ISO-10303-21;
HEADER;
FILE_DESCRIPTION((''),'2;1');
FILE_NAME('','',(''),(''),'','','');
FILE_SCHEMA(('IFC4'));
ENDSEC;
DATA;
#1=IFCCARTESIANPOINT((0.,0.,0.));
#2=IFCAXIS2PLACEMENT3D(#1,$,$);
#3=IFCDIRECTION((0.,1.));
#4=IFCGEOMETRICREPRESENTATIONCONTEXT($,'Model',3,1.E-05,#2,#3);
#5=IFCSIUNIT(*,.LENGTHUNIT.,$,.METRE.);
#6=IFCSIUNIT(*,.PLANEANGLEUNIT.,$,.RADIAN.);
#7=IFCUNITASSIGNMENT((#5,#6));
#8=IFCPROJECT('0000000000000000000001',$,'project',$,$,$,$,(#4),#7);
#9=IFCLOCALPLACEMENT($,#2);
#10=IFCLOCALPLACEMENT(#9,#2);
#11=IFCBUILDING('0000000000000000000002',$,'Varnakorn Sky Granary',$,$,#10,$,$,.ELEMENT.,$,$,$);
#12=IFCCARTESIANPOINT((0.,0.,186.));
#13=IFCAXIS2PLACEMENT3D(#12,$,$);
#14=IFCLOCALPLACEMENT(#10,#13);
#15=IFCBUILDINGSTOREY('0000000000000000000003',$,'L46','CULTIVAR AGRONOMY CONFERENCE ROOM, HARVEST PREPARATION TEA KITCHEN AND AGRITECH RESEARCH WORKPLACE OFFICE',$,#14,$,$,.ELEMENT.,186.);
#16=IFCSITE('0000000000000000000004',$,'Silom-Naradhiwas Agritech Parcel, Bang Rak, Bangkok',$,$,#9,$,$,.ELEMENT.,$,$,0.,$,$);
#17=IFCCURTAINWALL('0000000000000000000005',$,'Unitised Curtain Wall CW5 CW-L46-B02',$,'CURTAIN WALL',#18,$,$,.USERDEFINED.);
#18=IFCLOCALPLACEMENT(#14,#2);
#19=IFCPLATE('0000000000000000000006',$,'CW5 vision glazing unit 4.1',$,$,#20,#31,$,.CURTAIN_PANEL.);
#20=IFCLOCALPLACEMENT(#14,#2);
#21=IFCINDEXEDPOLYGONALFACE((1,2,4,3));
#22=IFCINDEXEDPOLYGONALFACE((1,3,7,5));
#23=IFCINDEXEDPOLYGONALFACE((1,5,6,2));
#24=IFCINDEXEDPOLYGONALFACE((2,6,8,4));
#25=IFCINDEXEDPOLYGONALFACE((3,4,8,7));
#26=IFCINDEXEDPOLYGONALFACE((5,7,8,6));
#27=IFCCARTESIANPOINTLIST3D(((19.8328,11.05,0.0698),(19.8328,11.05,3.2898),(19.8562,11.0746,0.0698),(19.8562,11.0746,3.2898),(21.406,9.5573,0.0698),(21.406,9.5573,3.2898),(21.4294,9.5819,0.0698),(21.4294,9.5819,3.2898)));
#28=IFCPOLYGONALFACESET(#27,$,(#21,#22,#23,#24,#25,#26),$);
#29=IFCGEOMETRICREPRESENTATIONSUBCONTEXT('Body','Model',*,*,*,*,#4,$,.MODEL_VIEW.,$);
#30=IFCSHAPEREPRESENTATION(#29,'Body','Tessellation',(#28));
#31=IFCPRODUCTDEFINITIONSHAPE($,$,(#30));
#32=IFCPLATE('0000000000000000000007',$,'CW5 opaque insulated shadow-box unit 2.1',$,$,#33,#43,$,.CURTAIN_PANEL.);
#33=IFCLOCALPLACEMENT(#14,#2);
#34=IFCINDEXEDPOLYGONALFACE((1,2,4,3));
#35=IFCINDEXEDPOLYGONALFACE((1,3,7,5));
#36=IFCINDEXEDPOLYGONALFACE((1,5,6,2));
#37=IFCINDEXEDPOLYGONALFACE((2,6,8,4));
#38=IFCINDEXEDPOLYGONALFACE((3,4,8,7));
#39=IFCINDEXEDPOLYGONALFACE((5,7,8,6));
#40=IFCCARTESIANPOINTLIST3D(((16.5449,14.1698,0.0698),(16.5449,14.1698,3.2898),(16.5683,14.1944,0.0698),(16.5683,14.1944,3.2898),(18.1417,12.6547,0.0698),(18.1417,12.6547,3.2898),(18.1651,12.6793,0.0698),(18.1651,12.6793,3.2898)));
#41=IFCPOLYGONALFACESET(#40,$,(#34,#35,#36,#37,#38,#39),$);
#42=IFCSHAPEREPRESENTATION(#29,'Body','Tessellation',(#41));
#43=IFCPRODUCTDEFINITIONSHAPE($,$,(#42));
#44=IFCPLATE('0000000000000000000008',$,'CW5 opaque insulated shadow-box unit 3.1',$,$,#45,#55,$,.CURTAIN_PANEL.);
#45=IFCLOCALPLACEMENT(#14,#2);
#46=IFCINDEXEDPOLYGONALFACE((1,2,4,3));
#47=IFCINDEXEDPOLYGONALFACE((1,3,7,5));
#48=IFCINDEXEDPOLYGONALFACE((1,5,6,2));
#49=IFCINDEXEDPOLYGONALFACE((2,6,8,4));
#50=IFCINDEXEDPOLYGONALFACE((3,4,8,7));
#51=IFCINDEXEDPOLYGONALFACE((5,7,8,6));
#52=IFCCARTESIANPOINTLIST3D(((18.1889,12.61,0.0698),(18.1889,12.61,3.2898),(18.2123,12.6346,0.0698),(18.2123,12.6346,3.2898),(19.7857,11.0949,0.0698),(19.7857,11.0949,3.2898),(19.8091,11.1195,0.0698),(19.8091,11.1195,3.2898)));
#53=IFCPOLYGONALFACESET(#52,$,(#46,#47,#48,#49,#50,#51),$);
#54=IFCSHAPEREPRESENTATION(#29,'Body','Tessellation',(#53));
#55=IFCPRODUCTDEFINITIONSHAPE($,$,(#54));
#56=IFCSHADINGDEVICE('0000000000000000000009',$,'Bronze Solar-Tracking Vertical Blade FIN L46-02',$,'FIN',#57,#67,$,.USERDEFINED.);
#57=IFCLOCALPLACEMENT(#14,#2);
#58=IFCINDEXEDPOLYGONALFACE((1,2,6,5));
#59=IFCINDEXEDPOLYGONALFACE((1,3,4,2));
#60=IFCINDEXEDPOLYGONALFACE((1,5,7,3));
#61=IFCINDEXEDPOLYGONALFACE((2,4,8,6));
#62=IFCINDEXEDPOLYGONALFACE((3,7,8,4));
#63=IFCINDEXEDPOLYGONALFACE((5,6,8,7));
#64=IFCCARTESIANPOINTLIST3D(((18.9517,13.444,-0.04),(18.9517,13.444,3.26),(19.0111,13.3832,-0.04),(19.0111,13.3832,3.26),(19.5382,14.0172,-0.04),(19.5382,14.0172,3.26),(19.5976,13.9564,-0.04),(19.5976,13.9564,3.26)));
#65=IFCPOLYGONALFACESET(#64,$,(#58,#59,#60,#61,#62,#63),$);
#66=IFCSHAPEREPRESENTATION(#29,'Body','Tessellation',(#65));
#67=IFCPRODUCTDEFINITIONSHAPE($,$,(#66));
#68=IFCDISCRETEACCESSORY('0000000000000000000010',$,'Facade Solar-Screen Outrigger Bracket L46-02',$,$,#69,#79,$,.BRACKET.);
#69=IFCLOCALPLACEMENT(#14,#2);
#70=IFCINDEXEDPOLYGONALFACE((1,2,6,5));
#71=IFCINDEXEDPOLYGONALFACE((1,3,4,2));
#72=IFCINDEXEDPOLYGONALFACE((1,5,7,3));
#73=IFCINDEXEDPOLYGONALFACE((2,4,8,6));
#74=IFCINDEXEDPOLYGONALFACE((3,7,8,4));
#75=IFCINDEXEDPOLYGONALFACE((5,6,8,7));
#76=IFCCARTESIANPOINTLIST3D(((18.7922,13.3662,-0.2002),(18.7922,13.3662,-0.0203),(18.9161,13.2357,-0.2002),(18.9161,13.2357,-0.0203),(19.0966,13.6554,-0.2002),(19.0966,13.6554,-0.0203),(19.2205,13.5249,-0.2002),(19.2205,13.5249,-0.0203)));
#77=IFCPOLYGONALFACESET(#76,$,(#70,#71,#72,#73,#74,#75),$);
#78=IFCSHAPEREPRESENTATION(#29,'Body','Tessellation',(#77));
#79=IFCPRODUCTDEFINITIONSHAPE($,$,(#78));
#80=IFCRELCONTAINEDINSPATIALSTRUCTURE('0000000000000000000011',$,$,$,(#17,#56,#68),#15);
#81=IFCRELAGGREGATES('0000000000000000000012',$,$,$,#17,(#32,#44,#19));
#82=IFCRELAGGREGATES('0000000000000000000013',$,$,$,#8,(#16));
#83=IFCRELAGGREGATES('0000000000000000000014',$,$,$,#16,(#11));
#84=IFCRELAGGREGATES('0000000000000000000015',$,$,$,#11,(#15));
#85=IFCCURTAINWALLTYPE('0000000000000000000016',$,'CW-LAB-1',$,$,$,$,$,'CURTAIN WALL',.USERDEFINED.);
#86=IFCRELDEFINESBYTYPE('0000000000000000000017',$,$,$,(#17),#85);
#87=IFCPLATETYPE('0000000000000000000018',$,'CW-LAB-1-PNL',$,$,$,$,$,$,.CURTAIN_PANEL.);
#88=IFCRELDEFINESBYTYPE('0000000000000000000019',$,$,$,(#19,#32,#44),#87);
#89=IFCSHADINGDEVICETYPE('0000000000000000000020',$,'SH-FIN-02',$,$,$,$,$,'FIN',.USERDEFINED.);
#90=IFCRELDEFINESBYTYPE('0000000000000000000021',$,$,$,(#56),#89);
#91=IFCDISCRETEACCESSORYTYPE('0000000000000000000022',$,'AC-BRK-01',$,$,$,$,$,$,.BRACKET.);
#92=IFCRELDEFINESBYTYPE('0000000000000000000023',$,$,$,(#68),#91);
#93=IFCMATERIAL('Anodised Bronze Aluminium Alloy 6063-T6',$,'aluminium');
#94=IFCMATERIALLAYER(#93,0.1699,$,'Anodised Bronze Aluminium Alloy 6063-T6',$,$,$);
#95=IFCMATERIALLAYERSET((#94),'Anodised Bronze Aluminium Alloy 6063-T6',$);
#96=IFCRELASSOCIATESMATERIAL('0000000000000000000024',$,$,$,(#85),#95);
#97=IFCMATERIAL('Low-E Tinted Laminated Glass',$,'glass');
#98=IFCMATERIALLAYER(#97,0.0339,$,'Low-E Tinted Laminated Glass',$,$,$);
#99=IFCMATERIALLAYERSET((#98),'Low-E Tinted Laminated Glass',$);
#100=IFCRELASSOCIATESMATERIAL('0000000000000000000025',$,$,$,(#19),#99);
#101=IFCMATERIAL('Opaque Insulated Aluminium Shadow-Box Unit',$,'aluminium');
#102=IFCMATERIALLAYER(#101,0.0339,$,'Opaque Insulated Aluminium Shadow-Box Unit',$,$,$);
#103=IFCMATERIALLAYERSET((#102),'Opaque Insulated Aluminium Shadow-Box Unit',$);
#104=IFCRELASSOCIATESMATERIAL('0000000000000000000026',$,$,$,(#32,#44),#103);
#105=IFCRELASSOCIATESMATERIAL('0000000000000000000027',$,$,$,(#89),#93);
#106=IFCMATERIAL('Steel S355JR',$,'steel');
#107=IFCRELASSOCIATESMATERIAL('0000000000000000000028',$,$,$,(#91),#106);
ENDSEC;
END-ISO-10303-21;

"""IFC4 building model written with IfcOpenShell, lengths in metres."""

from ifc_helpers import new_model, si_unit, direction, frame, origin, origin_2d, place, context, subcontext, project, spatial, rectangle, extrude, source, transform, mapped, material, layer, layer_set, type_object, type_shapes, element, aggregate, save


model = new_model("IFC4")

# Units and contexts
model_context = context("Model", 3, precision=1e-05, world=origin(), true_north=direction((0.0, 1.0)))
body_context = subcontext(model_context, "Body", "Model", "MODEL_VIEW")
ifc_project = project(units=[si_unit("LENGTHUNIT", "METRE"), si_unit("PLANEANGLEUNIT", "RADIAN")], contexts=[model_context])

# Site, building, storey
site_placement = place(None, origin())
site = spatial("IfcSite", under=ifc_project, at=site_placement, Name="Silom-Naradhiwas Agritech Parcel, Bang Rak, Bangkok", CompositionType="ELEMENT", RefElevation=0.0)
building_placement = place(site_placement, origin())
building = spatial("IfcBuilding", under=site, at=building_placement, Name="Varnakorn Sky Granary", CompositionType="ELEMENT")
storey_placement = place(building_placement, frame((0.0, 0.0, 186.0)))
storey = spatial("IfcBuildingStorey", under=building, at=storey_placement, Name="L46", Description="CULTIVAR AGRONOMY CONFERENCE ROOM, HARVEST PREPARATION TEA KITCHEN AND AGRITECH RESEARCH WORKPLACE OFFICE", CompositionType="ELEMENT", Elevation=186.0)

# Shared definitions
ifc_material_1 = material(Name="Steel S355JR", Category="steel")

# Curtain wall
ifc_material_2 = material(Name="Anodised Bronze Aluminium Alloy 6063-T6", Category="aluminium")
ifc_layer_1 = layer(ifc_material_2, 0.1699, Name="Anodised Bronze Aluminium Alloy 6063-T6")
ifc_layer_set_1 = layer_set([ifc_layer_1], Name="Anodised Bronze Aluminium Alloy 6063-T6")
curtain_wall_type = type_object("IfcCurtainWallType", Name="CW-LAB-1", ElementType="CURTAIN WALL", PredefinedType="USERDEFINED", material=ifc_layer_set_1)
curtain_wall_1_placement = place(storey_placement, origin())
curtain_wall_1 = element("IfcCurtainWall", 1, at=curtain_wall_1_placement, inside=storey, type_object=curtain_wall_type, Name="Unitised Curtain Wall CW5 CW-L46-B02", ObjectType="CURTAIN WALL", PredefinedType="USERDEFINED")

# Plates
ifc_material_3 = material(Name="Low-E Tinted Laminated Glass", Category="glass")
ifc_layer_2 = layer(ifc_material_3, 0.0339, Name="Low-E Tinted Laminated Glass")
ifc_layer_set_2 = layer_set([ifc_layer_2], Name="Low-E Tinted Laminated Glass")
plate_type = type_object("IfcPlateType", Name="CW-LAB-1-PNL", PredefinedType="CURTAIN_PANEL")
ifc_material_4 = material(Name="Opaque Insulated Aluminium Shadow-Box Unit", Category="aluminium")
ifc_layer_3 = layer(ifc_material_4, 0.0339, Name="Opaque Insulated Aluminium Shadow-Box Unit")
ifc_layer_set_3 = layer_set([ifc_layer_3], Name="Opaque Insulated Aluminium Shadow-Box Unit")
shared_shape_1 = source(origin(), body_context, "Body", "SweptSolid", [
    extrude(rectangle(XDim=2.1687, YDim=0.0339, at=origin_2d()), origin(), (0.0, 0.0, 1.0), 3.22),
])
plate_1_placement = place(storey_placement, frame((20.6311, 10.3159, 0.0698), z_axis=(0.0, 0.0, 1.0), x_axis=(0.725434, -0.688292, 0.0)))
plate_1 = element("IfcPlate", 2, at=plate_1_placement, type_object=plate_type, material=ifc_layer_set_2, Name="CW5 vision glazing unit 4.1", PredefinedType="CURTAIN_PANEL", context=body_context, shape_type="MappedRepresentation", body=[
    mapped(shared_shape_1, transform((0.0, 0.0, 0.0), x_axis=(1.0, 0.0, 0.0), y_axis=(0.0, 1.0, 0.0), z_axis=(0.0, 0.0, 1.0), scale=1.0)),
])
shared_shape_2 = source(origin(), body_context, "Body", "SweptSolid", [
    extrude(rectangle(XDim=2.2012, YDim=0.0339, at=origin_2d()), origin(), (0.0, 0.0, 1.0), 3.22),
])
plate_2_placement = place(storey_placement, frame((17.355, 13.4246, 0.0698), z_axis=(0.0, 0.0, 1.0), x_axis=(0.725434, -0.688292, 0.0)))
plate_2 = element("IfcPlate", 3, at=plate_2_placement, type_object=plate_type, material=ifc_layer_set_3, Name="CW5 opaque insulated shadow-box unit 2.1", PredefinedType="CURTAIN_PANEL", context=body_context, shape_type="MappedRepresentation", body=[
    mapped(shared_shape_2, transform((0.0, 0.0, 0.0), x_axis=(1.0, 0.0, 0.0), y_axis=(0.0, 1.0, 0.0), z_axis=(0.0, 0.0, 1.0), scale=1.0)),
])
plate_3_placement = place(storey_placement, frame((18.999, 11.8647, 0.0698), z_axis=(0.0, 0.0, 1.0), x_axis=(0.725434, -0.688292, 0.0)))
plate_3 = element("IfcPlate", 4, at=plate_3_placement, type_object=plate_type, material=ifc_layer_set_3, Name="CW5 opaque insulated shadow-box unit 3.1", PredefinedType="CURTAIN_PANEL", context=body_context, shape_type="MappedRepresentation", body=[
    mapped(shared_shape_2, transform((0.0, 0.0, 0.0), x_axis=(1.0, 0.0, 0.0), y_axis=(0.0, 1.0, 0.0), z_axis=(0.0, 0.0, 1.0), scale=1.0)),
])
aggregate(curtain_wall_1, [plate_2, plate_3, plate_1])

# Shading device
shading_device_type = type_object("IfcShadingDeviceType", Name="SH-FIN-02", ElementType="FIN", PredefinedType="USERDEFINED", material=ifc_material_2)
shared_shape_3 = source(origin(), body_context, "Body", "SweptSolid", [
    extrude(rectangle(XDim=0.085, YDim=0.8201, at=origin_2d()), origin(), (0.0, 0.0, 1.0), 3.3),
])
type_shapes(shading_device_type, [shared_shape_3])
shading_device_placement = place(storey_placement, frame((19.2747, 13.7002, -0.04), z_axis=(0.0, 0.0, 1.0), x_axis=(-0.69902, 0.715103, 0.0)))
element("IfcShadingDevice", 5, at=shading_device_placement, inside=storey, type_object=shading_device_type, Name="Bronze Solar-Tracking Vertical Blade FIN L46-02", ObjectType="FIN", PredefinedType="USERDEFINED", context=body_context, shape_type="MappedRepresentation", body=[
    mapped(shared_shape_3, transform((0.0, 0.0, 0.0), x_axis=(1.0, 0.0, 0.0), y_axis=(0.0, 1.0, 0.0), z_axis=(0.0, 0.0, 1.0), scale=1.0)),
])

# Discrete accessory
discrete_accessory_type = type_object("IfcDiscreteAccessoryType", Name="AC-BRK-01", PredefinedType="BRACKET", material=ifc_material_1)
shared_shape_4 = source(origin(), body_context, "Body", "SweptSolid", [
    extrude(rectangle(XDim=0.1799, YDim=0.4199, at=origin_2d()), origin(), (0.0, 0.0, 1.0), 0.1799),
])
type_shapes(discrete_accessory_type, [shared_shape_4])
discrete_accessory_placement = place(storey_placement, frame((19.0063, 13.4456, -0.2002), z_axis=(0.0, 0.0, 1.0), x_axis=(-0.68867, 0.725075, 0.0)))
element("IfcDiscreteAccessory", 6, at=discrete_accessory_placement, inside=storey, type_object=discrete_accessory_type, Name="Facade Solar-Screen Outrigger Bracket L46-02", PredefinedType="BRACKET", context=body_context, shape_type="MappedRepresentation", body=[
    mapped(shared_shape_4, transform((0.0, 0.0, 0.0), x_axis=(1.0, 0.0, 0.0), y_axis=(0.0, 1.0, 0.0), z_axis=(0.0, 0.0, 1.0), scale=1.0)),
])

save(model, "model.ifc")
